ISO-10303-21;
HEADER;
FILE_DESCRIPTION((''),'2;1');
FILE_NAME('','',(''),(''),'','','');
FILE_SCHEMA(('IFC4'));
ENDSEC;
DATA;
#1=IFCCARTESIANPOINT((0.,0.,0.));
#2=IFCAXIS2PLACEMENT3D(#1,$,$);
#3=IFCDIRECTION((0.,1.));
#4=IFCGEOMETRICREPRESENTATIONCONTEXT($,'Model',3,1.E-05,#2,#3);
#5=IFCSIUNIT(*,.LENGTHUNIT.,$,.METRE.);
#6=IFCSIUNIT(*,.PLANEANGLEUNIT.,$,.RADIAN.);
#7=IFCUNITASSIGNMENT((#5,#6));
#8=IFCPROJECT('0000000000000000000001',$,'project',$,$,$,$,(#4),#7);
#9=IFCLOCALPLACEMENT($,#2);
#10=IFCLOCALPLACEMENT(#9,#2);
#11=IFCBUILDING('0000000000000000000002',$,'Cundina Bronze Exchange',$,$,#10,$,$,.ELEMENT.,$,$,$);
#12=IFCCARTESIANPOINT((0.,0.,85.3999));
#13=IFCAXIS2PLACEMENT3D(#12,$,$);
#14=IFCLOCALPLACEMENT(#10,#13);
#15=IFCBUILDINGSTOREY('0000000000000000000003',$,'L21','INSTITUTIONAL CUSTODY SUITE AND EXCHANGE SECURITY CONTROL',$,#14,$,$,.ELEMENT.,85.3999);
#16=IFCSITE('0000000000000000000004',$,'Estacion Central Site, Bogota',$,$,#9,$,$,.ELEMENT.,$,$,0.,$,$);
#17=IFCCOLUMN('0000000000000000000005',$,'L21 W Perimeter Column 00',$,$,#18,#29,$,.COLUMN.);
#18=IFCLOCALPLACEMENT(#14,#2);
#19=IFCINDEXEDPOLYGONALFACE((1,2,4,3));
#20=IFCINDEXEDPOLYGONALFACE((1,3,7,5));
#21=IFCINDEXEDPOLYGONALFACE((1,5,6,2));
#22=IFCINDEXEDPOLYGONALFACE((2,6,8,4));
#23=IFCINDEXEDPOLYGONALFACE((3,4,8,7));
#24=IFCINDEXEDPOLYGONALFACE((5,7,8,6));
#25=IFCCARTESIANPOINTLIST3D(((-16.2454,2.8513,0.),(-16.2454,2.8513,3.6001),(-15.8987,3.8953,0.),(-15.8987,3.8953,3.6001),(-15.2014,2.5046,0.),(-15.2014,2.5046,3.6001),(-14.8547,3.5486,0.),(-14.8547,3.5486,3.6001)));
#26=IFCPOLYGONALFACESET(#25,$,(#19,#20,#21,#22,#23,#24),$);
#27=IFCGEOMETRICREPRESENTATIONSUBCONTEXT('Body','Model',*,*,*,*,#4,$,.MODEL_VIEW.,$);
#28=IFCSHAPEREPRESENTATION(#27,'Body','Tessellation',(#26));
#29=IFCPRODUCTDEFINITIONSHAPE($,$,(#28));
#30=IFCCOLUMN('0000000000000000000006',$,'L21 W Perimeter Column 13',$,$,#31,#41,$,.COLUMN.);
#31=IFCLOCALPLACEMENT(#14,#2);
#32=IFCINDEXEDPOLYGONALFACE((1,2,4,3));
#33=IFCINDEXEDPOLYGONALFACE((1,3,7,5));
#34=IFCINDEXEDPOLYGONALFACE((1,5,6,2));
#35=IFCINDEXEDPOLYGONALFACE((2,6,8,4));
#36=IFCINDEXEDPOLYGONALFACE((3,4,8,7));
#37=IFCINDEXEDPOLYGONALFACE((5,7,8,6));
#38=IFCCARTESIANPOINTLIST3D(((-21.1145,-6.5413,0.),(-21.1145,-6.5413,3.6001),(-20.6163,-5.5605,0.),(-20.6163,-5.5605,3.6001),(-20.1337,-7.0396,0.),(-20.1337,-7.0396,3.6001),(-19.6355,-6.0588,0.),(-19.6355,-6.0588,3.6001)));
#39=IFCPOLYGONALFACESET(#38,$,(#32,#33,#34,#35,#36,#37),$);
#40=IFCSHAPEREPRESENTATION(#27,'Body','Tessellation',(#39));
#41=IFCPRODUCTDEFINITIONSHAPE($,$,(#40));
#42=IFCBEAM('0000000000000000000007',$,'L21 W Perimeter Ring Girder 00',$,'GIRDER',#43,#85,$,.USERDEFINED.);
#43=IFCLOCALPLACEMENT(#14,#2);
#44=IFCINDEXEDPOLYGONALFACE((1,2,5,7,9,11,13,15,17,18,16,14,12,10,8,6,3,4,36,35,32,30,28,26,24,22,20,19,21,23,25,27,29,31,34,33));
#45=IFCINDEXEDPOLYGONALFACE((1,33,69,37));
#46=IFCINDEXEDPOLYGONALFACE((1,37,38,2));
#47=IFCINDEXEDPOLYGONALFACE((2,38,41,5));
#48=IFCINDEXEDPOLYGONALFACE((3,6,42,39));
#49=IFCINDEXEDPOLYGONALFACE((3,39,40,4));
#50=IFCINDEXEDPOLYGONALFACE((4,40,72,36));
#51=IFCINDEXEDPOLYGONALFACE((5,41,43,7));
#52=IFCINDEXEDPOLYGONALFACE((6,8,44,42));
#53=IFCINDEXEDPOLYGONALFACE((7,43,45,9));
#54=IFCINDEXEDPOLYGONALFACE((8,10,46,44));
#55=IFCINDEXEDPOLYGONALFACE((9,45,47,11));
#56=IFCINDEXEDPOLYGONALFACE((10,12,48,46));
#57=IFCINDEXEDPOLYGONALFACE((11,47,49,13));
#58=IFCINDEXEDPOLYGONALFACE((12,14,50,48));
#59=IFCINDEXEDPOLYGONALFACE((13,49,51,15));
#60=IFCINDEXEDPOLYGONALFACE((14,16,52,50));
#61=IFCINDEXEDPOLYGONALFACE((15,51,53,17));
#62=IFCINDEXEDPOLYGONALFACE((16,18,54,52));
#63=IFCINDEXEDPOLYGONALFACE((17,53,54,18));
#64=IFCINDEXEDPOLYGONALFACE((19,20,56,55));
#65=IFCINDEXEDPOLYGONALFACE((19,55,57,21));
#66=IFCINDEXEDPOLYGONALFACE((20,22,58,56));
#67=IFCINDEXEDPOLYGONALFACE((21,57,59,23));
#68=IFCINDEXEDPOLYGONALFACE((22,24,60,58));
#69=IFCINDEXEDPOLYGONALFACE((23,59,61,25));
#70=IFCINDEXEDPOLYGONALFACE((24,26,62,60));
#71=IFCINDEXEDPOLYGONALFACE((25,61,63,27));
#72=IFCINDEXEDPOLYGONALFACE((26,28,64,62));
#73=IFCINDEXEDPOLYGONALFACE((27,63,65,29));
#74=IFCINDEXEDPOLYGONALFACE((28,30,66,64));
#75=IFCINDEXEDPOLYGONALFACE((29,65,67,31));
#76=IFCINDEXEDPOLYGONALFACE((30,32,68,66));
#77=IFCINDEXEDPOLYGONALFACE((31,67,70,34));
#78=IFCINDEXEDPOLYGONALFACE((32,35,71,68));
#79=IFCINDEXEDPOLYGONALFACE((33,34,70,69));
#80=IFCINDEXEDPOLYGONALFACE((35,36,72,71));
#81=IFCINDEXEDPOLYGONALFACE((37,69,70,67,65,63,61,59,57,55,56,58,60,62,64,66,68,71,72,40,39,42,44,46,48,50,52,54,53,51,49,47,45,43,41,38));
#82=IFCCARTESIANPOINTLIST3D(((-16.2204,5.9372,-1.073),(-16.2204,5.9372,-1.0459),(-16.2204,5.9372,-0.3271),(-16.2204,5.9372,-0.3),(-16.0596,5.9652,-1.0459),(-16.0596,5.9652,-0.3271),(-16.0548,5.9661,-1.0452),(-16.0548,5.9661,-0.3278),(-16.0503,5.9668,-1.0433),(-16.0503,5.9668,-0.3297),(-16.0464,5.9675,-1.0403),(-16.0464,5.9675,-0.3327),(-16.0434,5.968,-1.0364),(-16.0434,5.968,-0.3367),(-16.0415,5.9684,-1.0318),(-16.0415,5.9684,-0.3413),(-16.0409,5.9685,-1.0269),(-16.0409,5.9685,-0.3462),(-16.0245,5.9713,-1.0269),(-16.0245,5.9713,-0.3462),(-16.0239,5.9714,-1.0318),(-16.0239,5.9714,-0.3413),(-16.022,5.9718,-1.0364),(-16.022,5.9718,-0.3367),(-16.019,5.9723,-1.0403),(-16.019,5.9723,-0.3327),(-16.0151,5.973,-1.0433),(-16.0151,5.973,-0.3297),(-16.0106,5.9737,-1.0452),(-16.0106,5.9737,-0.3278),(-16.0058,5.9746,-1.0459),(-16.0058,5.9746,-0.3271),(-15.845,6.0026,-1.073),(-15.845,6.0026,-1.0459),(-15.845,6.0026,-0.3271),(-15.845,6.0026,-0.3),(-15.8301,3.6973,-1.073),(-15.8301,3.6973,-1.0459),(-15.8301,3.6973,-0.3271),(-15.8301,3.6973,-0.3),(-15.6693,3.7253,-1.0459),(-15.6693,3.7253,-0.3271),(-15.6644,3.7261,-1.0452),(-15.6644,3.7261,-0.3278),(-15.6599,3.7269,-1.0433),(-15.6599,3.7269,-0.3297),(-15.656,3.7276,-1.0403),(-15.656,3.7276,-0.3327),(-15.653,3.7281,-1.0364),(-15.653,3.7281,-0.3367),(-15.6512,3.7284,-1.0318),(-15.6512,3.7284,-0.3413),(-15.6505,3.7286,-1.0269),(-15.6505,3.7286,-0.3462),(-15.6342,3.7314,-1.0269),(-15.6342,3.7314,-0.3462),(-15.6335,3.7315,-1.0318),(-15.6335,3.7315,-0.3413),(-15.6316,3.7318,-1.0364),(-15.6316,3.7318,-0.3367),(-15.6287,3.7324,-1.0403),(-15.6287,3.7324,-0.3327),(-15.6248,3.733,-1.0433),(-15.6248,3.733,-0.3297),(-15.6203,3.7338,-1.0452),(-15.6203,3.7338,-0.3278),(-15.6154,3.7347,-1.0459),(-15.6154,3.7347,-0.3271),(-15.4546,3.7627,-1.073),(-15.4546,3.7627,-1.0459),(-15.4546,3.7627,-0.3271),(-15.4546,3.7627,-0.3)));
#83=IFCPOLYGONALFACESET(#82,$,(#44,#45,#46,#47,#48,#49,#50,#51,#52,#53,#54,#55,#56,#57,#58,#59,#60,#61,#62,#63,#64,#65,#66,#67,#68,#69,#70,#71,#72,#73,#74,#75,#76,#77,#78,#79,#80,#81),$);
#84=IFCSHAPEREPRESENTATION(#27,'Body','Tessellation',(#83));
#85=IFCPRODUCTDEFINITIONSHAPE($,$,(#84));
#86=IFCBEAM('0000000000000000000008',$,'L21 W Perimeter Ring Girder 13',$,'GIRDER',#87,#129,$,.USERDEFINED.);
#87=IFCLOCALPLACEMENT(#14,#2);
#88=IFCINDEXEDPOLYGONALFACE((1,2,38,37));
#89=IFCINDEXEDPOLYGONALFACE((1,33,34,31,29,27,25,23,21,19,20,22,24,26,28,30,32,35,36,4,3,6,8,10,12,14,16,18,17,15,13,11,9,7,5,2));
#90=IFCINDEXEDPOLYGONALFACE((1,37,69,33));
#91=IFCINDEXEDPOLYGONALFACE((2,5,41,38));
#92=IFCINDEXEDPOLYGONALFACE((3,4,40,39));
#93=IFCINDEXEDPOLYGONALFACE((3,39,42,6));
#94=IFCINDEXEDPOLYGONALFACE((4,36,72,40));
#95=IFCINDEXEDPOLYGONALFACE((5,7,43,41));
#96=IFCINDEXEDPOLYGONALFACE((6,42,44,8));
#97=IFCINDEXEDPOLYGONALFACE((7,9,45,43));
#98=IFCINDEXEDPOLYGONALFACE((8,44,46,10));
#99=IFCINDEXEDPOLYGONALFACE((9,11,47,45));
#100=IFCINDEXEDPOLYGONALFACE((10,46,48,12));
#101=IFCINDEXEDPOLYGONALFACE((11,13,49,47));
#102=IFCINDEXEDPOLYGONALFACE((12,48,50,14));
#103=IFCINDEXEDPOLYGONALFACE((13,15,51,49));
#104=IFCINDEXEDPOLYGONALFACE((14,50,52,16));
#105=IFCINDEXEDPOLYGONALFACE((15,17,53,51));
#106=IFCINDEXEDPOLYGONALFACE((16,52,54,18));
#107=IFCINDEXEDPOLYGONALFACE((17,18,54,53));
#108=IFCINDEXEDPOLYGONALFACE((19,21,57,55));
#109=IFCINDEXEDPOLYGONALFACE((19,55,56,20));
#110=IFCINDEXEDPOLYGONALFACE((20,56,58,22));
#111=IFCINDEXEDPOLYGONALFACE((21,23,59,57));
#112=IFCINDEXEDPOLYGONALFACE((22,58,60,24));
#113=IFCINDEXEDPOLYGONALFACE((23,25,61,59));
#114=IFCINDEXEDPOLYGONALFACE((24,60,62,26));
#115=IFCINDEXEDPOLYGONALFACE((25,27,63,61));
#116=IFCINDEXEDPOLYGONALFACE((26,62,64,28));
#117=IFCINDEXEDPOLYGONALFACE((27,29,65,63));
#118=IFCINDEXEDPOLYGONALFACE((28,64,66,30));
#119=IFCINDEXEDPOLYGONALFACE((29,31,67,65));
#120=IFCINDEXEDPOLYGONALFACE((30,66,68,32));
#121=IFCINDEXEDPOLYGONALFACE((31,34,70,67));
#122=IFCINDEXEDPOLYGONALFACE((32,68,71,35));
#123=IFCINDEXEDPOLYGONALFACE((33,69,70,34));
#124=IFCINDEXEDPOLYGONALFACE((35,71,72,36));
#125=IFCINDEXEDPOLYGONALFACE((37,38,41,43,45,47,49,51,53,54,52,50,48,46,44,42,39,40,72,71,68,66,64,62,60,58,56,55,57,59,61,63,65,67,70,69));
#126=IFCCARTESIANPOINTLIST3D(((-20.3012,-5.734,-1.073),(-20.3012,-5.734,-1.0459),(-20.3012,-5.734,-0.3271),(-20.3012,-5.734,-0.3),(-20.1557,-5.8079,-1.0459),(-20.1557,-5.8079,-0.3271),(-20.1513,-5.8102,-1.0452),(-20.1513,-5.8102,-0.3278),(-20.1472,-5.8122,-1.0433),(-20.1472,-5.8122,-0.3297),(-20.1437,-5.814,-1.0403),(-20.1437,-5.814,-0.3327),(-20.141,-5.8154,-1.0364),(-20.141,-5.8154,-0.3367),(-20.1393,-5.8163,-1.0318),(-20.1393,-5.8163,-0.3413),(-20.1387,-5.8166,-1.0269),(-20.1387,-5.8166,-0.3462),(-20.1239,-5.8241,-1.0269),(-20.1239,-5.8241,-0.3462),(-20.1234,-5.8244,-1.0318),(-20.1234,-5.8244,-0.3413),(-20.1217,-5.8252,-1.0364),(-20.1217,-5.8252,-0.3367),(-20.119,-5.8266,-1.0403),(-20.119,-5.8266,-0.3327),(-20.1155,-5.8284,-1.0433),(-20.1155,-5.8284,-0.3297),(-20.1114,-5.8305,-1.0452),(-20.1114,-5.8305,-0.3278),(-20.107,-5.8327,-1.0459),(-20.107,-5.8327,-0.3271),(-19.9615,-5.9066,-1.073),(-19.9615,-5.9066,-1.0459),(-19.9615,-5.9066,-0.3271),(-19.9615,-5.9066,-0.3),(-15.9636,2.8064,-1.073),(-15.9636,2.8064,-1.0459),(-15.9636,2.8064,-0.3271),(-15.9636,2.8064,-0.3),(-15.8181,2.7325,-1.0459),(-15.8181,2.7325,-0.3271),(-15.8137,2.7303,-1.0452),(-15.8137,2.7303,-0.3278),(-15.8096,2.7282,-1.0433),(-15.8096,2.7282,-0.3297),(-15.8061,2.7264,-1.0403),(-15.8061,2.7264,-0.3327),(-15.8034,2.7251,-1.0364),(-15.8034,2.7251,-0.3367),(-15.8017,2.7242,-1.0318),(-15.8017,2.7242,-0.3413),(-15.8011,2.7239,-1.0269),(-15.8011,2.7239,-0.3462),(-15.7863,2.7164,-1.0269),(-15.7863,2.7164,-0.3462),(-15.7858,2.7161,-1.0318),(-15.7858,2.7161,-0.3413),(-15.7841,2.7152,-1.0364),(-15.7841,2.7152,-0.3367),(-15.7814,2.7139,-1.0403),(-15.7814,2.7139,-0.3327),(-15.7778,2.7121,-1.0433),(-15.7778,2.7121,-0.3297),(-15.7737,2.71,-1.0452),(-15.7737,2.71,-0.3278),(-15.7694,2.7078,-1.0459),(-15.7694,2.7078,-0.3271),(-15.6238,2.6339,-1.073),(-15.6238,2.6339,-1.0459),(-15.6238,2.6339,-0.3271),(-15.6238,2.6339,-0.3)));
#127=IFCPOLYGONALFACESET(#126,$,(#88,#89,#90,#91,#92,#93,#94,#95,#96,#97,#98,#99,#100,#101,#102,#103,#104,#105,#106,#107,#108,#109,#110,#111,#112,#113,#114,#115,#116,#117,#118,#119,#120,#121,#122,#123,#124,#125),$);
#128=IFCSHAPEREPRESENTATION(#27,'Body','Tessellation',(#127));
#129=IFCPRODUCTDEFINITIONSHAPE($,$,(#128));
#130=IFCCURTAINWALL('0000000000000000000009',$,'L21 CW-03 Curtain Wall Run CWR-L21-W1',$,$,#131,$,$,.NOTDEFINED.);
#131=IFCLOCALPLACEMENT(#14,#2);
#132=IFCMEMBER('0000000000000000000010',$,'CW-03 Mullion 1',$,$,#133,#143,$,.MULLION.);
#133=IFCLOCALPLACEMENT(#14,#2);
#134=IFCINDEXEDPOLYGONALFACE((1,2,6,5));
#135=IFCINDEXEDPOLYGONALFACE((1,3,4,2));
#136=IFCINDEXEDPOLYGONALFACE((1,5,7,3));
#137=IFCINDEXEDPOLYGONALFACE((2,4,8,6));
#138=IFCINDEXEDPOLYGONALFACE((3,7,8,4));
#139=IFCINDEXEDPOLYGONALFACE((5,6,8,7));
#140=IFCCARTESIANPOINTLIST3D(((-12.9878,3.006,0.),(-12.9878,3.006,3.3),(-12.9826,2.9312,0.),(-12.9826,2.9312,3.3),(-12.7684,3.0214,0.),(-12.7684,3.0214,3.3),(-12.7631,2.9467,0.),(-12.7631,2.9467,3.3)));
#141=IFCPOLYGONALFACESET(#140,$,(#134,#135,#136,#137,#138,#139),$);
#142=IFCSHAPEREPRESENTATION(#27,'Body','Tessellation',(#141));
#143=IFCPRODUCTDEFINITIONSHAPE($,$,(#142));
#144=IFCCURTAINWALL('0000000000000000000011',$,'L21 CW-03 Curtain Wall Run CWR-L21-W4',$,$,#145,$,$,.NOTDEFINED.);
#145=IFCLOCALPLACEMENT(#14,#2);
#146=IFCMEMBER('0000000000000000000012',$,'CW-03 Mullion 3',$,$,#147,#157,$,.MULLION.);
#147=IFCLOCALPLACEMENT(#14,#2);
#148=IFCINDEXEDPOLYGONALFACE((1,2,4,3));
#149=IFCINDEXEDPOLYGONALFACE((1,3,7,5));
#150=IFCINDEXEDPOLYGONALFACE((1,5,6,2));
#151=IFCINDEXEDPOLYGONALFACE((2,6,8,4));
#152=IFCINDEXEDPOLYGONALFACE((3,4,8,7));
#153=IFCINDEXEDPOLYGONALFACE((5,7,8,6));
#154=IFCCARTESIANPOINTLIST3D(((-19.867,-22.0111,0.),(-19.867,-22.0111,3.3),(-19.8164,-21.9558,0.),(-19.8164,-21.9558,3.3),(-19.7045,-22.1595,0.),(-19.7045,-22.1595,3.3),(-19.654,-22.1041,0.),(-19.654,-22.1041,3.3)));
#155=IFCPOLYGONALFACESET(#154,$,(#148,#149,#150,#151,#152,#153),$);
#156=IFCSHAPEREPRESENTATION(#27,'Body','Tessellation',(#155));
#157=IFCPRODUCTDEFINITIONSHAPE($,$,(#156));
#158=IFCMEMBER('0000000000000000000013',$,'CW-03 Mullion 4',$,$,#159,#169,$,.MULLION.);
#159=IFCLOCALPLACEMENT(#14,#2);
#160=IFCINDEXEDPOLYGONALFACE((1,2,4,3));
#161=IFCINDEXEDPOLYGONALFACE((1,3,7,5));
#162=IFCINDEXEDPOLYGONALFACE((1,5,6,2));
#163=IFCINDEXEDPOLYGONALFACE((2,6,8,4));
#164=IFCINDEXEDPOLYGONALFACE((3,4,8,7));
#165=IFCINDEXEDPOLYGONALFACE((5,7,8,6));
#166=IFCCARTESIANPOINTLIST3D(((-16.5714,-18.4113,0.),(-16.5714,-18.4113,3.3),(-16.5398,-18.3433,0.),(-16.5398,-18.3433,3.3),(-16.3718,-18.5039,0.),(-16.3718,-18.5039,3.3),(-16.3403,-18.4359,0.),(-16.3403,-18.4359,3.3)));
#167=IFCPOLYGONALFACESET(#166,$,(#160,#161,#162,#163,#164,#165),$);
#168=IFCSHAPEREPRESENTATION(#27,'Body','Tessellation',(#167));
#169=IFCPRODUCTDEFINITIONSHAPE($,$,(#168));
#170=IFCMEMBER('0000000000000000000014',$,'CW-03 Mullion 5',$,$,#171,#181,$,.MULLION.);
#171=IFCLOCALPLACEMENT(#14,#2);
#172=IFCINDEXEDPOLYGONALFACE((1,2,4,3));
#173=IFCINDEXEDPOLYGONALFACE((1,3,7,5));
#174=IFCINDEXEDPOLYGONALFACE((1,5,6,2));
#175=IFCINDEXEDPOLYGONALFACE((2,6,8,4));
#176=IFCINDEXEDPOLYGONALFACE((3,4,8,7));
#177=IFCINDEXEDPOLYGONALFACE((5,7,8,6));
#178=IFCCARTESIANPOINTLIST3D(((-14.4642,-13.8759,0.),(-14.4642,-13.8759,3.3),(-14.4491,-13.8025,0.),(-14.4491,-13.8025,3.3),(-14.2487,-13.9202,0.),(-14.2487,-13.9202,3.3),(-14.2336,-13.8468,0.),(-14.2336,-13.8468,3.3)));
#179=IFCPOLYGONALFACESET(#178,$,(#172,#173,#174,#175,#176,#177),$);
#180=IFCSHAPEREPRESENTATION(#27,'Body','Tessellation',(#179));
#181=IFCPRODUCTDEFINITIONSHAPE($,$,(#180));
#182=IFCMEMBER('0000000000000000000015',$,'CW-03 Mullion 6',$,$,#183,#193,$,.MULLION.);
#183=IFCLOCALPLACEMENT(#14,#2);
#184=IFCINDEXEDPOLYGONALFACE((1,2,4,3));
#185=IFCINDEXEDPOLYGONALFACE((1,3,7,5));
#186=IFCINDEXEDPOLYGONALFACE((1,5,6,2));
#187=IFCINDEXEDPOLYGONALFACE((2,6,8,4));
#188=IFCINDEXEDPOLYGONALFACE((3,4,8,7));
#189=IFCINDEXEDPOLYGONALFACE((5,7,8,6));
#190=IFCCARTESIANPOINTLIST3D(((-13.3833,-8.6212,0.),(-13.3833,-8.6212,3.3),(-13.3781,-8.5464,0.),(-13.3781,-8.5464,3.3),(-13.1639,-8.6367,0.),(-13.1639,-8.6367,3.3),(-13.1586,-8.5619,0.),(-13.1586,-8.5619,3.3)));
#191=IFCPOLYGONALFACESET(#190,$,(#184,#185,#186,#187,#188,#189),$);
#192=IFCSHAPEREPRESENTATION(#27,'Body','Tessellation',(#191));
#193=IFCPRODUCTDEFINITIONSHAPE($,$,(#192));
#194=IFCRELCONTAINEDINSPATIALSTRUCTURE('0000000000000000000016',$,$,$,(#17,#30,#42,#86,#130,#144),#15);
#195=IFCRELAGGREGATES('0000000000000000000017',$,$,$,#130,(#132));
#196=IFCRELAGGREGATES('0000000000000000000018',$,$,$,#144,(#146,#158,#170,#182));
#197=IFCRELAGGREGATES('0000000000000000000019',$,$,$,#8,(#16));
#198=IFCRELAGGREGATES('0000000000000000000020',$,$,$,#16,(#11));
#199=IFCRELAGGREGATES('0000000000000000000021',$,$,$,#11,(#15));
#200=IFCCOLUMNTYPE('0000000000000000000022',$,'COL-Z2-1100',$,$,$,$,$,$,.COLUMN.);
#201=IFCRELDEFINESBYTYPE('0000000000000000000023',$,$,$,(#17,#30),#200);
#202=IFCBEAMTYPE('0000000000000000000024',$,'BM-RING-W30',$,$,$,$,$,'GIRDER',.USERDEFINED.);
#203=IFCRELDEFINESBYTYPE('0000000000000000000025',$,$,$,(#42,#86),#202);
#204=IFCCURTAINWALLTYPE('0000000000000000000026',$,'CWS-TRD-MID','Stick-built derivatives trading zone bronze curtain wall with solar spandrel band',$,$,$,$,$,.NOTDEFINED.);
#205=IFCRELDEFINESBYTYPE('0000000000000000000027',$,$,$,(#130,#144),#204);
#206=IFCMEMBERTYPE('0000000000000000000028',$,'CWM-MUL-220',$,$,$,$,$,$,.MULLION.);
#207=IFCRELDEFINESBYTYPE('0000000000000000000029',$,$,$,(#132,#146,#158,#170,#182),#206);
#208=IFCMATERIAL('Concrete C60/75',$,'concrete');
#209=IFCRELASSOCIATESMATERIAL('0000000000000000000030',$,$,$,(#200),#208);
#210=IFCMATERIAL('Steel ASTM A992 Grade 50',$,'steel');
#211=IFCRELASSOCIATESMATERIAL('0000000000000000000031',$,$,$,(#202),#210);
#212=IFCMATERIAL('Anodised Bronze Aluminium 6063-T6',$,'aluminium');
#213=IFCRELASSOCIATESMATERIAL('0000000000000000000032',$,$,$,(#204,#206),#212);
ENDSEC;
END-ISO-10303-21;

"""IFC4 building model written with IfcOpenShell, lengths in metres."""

from ifc_helpers import new_model, si_unit, direction, frame, origin, origin_2d, place, context, subcontext, project, spatial, rectangle, i_section, extrude, material, material_profile, profile_set, type_object, element, aggregate, save


model = new_model("IFC4")

# Units and contexts
model_context = context("Model", 3, precision=1e-05, world=origin(), true_north=direction((0.0, 1.0)))
body_context = subcontext(model_context, "Body", "Model", "MODEL_VIEW")
ifc_project = project(units=[si_unit("LENGTHUNIT", "METRE"), si_unit("PLANEANGLEUNIT", "RADIAN")], contexts=[model_context])

# Site, building, storey
site_placement = place(None, origin())
site = spatial("IfcSite", under=ifc_project, at=site_placement, Name="Estacion Central Site, Bogota", CompositionType="ELEMENT", RefElevation=0.0)
building_placement = place(site_placement, origin())
building = spatial("IfcBuilding", under=site, at=building_placement, Name="Cundina Bronze Exchange", CompositionType="ELEMENT")
storey_placement = place(building_placement, frame((0.0, 0.0, 85.3999)))
storey = spatial("IfcBuildingStorey", under=building, at=storey_placement, Name="L21", Description="INSTITUTIONAL CUSTODY SUITE AND EXCHANGE SECURITY CONTROL", CompositionType="ELEMENT", Elevation=85.3999)

# Columns
ifc_material_1 = material(Name="Concrete C60/75", Category="concrete")
ifc_material_profile_1 = material_profile(ifc_material_1, rectangle(XDim=1.1001, YDim=1.1001, at=origin_2d()), Name="RC1100X1100", Category="concrete")
ifc_profile_set_1 = profile_set([ifc_material_profile_1], Name="Concrete C60/75")
column_type = type_object("IfcColumnType", Name="COL-Z2-1100", PredefinedType="COLUMN", material=ifc_profile_set_1)
for number, where, z_axis, x_axis, name in (
    (1, (-15.55, 3.2, 0.0), (0.0, 0.0, 1.0), (0.315152, 0.949041, 0.0), "L21 W Perimeter Column 00"),
    (2, (-20.375, -6.3, 0.0), (0.0, 0.0, 1.0), (0.452902, 0.891561, 0.0), "L21 W Perimeter Column 13"),
):
    element("IfcColumn", number, at=place(storey_placement, frame(where, z_axis=z_axis, x_axis=x_axis)), inside=storey, type_object=column_type, Name=name, PredefinedType="COLUMN", context=body_context, shape_type="SweptSolid", body=[
        extrude(rectangle(XDim=1.1001, YDim=1.1001, at=origin_2d()), origin(), (0.0, 0.0, 1.0), 3.6001),
    ])

# Beams
ifc_material_2 = material(Name="Steel ASTM A992 Grade 50", Category="steel")
ifc_material_profile_2 = material_profile(ifc_material_2, i_section(OverallWidth=0.3811, OverallDepth=0.7729, WebThickness=0.0166, FlangeThickness=0.0271, FilletRadius=0.019, at=origin_2d()), Name="W30X173", Category="steel")
ifc_profile_set_2 = profile_set([ifc_material_profile_2], Name="Steel ASTM A992 Grade 50")
beam_type = type_object("IfcBeamType", Name="BM-RING-W30", ElementType="GIRDER", PredefinedType="USERDEFINED", material=ifc_profile_set_2)
beam_1_placement = place(storey_placement, frame((-15.6423, 3.73, -0.6865), z_axis=(-0.17169, 0.985151, 0.0), x_axis=(-0.985151, -0.17169, 0.0)))
element("IfcBeam", 3, at=beam_1_placement, inside=storey, type_object=beam_type, Name="L21 W Perimeter Ring Girder 00", ObjectType="GIRDER", PredefinedType="USERDEFINED", context=body_context, shape_type="SweptSolid", body=[
    extrude(i_section(OverallWidth=0.3811, OverallDepth=0.7729, WebThickness=0.0166, FlangeThickness=0.0271, FilletRadius=0.019, at=origin_2d()), origin(), (0.0, 0.0, 1.0), 2.2737),
])
beam_2_placement = place(storey_placement, frame((-20.1313, -5.8203, -0.6865), z_axis=(0.452832, 0.891596, 0.0), x_axis=(-0.891596, 0.452832, 0.0)))
element("IfcBeam", 4, at=beam_2_placement, inside=storey, type_object=beam_type, Name="L21 W Perimeter Ring Girder 13", ObjectType="GIRDER", PredefinedType="USERDEFINED", context=body_context, shape_type="SweptSolid", body=[
    extrude(i_section(OverallWidth=0.3811, OverallDepth=0.7729, WebThickness=0.0166, FlangeThickness=0.0271, FilletRadius=0.019, at=origin_2d()), origin(), (0.0, 0.0, 1.0), 9.5789),
])

# Curtain wall, member
ifc_material_3 = material(Name="Anodised Bronze Aluminium 6063-T6", Category="aluminium")
curtain_wall_type = type_object("IfcCurtainWallType", Name="CWS-TRD-MID", Description="Stick-built derivatives trading zone bronze curtain wall with solar spandrel band", PredefinedType="NOTDEFINED", material=ifc_material_3)
curtain_wall_1_placement = place(storey_placement, origin())
curtain_wall_1 = element("IfcCurtainWall", 5, at=curtain_wall_1_placement, inside=storey, type_object=curtain_wall_type, Name="L21 CW-03 Curtain Wall Run CWR-L21-W1", PredefinedType="NOTDEFINED")
ifc_material_profile_3 = material_profile(ifc_material_3, rectangle(XDim=0.075, YDim=0.22, at=origin_2d()), Name="AL75X220", Category="aluminium")
ifc_profile_set_3 = profile_set([ifc_material_profile_3], Name="Anodised Bronze Aluminium 6063-T6")
member_type_1 = type_object("IfcMemberType", Name="CWM-MUL-220", PredefinedType="MULLION", material=ifc_profile_set_3)
member_1_placement = place(storey_placement, frame((-12.8755, 2.9763, 0.0), z_axis=(0.0, 0.0, 1.0), x_axis=(-0.070279, 0.997527, 0.0)))
member_1 = element("IfcMember", 6, at=member_1_placement, type_object=member_type_1, Name="CW-03 Mullion 1", PredefinedType="MULLION", context=body_context, shape_type="SweptSolid", body=[
    extrude(rectangle(XDim=0.075, YDim=0.22, at=origin_2d()), origin(), (0.0, 0.0, 1.0), 3.3),
])

# Curtain wall, members
curtain_wall_2_placement = place(storey_placement, origin())
curtain_wall_2 = element("IfcCurtainWall", 7, at=curtain_wall_2_placement, inside=storey, type_object=curtain_wall_type, Name="L21 CW-03 Curtain Wall Run CWR-L21-W4", PredefinedType="NOTDEFINED")
member_2_placement = place(storey_placement, frame((-19.7605, -22.0576, 0.0), z_axis=(0.0, 0.0, 1.0), x_axis=(0.674302, 0.738455, 0.0)))
member_2 = element("IfcMember", 8, at=member_2_placement, type_object=member_type_1, Name="CW-03 Mullion 3", PredefinedType="MULLION", context=body_context, shape_type="SweptSolid", body=[
    extrude(rectangle(XDim=0.075, YDim=0.22, at=origin_2d()), origin(), (0.0, 0.0, 1.0), 3.3),
])
member_3_placement = place(storey_placement, frame((-16.4558, -18.4236, 0.0), z_axis=(0.0, 0.0, 1.0), x_axis=(0.420877, 0.907117, 0.0)))
member_3 = element("IfcMember", 9, at=member_3_placement, type_object=member_type_1, Name="CW-03 Mullion 4", PredefinedType="MULLION", context=body_context, shape_type="SweptSolid", body=[
    extrude(rectangle(XDim=0.075, YDim=0.22, at=origin_2d()), origin(), (0.0, 0.0, 1.0), 3.3),
])
member_4_placement = place(storey_placement, frame((-14.3489, -13.8613, 0.0), z_axis=(0.0, 0.0, 1.0), x_axis=(0.20142, 0.979505, 0.0)))
member_4 = element("IfcMember", 10, at=member_4_placement, type_object=member_type_1, Name="CW-03 Mullion 5", PredefinedType="MULLION", context=body_context, shape_type="SweptSolid", body=[
    extrude(rectangle(XDim=0.075, YDim=0.22, at=origin_2d()), origin(), (0.0, 0.0, 1.0), 3.3),
])
member_5_placement = place(storey_placement, frame((-13.271, -8.5916, 0.0), z_axis=(0.0, 0.0, 1.0), x_axis=(0.070279, 0.997527, 0.0)))
member_5 = element("IfcMember", 11, at=member_5_placement, type_object=member_type_1, Name="CW-03 Mullion 6", PredefinedType="MULLION", context=body_context, shape_type="SweptSolid", body=[
    extrude(rectangle(XDim=0.075, YDim=0.22, at=origin_2d()), origin(), (0.0, 0.0, 1.0), 3.3),
])

aggregate(curtain_wall_1, [member_1])

aggregate(curtain_wall_2, [member_2, member_3, member_4, member_5])

save(model, "model.ifc")
